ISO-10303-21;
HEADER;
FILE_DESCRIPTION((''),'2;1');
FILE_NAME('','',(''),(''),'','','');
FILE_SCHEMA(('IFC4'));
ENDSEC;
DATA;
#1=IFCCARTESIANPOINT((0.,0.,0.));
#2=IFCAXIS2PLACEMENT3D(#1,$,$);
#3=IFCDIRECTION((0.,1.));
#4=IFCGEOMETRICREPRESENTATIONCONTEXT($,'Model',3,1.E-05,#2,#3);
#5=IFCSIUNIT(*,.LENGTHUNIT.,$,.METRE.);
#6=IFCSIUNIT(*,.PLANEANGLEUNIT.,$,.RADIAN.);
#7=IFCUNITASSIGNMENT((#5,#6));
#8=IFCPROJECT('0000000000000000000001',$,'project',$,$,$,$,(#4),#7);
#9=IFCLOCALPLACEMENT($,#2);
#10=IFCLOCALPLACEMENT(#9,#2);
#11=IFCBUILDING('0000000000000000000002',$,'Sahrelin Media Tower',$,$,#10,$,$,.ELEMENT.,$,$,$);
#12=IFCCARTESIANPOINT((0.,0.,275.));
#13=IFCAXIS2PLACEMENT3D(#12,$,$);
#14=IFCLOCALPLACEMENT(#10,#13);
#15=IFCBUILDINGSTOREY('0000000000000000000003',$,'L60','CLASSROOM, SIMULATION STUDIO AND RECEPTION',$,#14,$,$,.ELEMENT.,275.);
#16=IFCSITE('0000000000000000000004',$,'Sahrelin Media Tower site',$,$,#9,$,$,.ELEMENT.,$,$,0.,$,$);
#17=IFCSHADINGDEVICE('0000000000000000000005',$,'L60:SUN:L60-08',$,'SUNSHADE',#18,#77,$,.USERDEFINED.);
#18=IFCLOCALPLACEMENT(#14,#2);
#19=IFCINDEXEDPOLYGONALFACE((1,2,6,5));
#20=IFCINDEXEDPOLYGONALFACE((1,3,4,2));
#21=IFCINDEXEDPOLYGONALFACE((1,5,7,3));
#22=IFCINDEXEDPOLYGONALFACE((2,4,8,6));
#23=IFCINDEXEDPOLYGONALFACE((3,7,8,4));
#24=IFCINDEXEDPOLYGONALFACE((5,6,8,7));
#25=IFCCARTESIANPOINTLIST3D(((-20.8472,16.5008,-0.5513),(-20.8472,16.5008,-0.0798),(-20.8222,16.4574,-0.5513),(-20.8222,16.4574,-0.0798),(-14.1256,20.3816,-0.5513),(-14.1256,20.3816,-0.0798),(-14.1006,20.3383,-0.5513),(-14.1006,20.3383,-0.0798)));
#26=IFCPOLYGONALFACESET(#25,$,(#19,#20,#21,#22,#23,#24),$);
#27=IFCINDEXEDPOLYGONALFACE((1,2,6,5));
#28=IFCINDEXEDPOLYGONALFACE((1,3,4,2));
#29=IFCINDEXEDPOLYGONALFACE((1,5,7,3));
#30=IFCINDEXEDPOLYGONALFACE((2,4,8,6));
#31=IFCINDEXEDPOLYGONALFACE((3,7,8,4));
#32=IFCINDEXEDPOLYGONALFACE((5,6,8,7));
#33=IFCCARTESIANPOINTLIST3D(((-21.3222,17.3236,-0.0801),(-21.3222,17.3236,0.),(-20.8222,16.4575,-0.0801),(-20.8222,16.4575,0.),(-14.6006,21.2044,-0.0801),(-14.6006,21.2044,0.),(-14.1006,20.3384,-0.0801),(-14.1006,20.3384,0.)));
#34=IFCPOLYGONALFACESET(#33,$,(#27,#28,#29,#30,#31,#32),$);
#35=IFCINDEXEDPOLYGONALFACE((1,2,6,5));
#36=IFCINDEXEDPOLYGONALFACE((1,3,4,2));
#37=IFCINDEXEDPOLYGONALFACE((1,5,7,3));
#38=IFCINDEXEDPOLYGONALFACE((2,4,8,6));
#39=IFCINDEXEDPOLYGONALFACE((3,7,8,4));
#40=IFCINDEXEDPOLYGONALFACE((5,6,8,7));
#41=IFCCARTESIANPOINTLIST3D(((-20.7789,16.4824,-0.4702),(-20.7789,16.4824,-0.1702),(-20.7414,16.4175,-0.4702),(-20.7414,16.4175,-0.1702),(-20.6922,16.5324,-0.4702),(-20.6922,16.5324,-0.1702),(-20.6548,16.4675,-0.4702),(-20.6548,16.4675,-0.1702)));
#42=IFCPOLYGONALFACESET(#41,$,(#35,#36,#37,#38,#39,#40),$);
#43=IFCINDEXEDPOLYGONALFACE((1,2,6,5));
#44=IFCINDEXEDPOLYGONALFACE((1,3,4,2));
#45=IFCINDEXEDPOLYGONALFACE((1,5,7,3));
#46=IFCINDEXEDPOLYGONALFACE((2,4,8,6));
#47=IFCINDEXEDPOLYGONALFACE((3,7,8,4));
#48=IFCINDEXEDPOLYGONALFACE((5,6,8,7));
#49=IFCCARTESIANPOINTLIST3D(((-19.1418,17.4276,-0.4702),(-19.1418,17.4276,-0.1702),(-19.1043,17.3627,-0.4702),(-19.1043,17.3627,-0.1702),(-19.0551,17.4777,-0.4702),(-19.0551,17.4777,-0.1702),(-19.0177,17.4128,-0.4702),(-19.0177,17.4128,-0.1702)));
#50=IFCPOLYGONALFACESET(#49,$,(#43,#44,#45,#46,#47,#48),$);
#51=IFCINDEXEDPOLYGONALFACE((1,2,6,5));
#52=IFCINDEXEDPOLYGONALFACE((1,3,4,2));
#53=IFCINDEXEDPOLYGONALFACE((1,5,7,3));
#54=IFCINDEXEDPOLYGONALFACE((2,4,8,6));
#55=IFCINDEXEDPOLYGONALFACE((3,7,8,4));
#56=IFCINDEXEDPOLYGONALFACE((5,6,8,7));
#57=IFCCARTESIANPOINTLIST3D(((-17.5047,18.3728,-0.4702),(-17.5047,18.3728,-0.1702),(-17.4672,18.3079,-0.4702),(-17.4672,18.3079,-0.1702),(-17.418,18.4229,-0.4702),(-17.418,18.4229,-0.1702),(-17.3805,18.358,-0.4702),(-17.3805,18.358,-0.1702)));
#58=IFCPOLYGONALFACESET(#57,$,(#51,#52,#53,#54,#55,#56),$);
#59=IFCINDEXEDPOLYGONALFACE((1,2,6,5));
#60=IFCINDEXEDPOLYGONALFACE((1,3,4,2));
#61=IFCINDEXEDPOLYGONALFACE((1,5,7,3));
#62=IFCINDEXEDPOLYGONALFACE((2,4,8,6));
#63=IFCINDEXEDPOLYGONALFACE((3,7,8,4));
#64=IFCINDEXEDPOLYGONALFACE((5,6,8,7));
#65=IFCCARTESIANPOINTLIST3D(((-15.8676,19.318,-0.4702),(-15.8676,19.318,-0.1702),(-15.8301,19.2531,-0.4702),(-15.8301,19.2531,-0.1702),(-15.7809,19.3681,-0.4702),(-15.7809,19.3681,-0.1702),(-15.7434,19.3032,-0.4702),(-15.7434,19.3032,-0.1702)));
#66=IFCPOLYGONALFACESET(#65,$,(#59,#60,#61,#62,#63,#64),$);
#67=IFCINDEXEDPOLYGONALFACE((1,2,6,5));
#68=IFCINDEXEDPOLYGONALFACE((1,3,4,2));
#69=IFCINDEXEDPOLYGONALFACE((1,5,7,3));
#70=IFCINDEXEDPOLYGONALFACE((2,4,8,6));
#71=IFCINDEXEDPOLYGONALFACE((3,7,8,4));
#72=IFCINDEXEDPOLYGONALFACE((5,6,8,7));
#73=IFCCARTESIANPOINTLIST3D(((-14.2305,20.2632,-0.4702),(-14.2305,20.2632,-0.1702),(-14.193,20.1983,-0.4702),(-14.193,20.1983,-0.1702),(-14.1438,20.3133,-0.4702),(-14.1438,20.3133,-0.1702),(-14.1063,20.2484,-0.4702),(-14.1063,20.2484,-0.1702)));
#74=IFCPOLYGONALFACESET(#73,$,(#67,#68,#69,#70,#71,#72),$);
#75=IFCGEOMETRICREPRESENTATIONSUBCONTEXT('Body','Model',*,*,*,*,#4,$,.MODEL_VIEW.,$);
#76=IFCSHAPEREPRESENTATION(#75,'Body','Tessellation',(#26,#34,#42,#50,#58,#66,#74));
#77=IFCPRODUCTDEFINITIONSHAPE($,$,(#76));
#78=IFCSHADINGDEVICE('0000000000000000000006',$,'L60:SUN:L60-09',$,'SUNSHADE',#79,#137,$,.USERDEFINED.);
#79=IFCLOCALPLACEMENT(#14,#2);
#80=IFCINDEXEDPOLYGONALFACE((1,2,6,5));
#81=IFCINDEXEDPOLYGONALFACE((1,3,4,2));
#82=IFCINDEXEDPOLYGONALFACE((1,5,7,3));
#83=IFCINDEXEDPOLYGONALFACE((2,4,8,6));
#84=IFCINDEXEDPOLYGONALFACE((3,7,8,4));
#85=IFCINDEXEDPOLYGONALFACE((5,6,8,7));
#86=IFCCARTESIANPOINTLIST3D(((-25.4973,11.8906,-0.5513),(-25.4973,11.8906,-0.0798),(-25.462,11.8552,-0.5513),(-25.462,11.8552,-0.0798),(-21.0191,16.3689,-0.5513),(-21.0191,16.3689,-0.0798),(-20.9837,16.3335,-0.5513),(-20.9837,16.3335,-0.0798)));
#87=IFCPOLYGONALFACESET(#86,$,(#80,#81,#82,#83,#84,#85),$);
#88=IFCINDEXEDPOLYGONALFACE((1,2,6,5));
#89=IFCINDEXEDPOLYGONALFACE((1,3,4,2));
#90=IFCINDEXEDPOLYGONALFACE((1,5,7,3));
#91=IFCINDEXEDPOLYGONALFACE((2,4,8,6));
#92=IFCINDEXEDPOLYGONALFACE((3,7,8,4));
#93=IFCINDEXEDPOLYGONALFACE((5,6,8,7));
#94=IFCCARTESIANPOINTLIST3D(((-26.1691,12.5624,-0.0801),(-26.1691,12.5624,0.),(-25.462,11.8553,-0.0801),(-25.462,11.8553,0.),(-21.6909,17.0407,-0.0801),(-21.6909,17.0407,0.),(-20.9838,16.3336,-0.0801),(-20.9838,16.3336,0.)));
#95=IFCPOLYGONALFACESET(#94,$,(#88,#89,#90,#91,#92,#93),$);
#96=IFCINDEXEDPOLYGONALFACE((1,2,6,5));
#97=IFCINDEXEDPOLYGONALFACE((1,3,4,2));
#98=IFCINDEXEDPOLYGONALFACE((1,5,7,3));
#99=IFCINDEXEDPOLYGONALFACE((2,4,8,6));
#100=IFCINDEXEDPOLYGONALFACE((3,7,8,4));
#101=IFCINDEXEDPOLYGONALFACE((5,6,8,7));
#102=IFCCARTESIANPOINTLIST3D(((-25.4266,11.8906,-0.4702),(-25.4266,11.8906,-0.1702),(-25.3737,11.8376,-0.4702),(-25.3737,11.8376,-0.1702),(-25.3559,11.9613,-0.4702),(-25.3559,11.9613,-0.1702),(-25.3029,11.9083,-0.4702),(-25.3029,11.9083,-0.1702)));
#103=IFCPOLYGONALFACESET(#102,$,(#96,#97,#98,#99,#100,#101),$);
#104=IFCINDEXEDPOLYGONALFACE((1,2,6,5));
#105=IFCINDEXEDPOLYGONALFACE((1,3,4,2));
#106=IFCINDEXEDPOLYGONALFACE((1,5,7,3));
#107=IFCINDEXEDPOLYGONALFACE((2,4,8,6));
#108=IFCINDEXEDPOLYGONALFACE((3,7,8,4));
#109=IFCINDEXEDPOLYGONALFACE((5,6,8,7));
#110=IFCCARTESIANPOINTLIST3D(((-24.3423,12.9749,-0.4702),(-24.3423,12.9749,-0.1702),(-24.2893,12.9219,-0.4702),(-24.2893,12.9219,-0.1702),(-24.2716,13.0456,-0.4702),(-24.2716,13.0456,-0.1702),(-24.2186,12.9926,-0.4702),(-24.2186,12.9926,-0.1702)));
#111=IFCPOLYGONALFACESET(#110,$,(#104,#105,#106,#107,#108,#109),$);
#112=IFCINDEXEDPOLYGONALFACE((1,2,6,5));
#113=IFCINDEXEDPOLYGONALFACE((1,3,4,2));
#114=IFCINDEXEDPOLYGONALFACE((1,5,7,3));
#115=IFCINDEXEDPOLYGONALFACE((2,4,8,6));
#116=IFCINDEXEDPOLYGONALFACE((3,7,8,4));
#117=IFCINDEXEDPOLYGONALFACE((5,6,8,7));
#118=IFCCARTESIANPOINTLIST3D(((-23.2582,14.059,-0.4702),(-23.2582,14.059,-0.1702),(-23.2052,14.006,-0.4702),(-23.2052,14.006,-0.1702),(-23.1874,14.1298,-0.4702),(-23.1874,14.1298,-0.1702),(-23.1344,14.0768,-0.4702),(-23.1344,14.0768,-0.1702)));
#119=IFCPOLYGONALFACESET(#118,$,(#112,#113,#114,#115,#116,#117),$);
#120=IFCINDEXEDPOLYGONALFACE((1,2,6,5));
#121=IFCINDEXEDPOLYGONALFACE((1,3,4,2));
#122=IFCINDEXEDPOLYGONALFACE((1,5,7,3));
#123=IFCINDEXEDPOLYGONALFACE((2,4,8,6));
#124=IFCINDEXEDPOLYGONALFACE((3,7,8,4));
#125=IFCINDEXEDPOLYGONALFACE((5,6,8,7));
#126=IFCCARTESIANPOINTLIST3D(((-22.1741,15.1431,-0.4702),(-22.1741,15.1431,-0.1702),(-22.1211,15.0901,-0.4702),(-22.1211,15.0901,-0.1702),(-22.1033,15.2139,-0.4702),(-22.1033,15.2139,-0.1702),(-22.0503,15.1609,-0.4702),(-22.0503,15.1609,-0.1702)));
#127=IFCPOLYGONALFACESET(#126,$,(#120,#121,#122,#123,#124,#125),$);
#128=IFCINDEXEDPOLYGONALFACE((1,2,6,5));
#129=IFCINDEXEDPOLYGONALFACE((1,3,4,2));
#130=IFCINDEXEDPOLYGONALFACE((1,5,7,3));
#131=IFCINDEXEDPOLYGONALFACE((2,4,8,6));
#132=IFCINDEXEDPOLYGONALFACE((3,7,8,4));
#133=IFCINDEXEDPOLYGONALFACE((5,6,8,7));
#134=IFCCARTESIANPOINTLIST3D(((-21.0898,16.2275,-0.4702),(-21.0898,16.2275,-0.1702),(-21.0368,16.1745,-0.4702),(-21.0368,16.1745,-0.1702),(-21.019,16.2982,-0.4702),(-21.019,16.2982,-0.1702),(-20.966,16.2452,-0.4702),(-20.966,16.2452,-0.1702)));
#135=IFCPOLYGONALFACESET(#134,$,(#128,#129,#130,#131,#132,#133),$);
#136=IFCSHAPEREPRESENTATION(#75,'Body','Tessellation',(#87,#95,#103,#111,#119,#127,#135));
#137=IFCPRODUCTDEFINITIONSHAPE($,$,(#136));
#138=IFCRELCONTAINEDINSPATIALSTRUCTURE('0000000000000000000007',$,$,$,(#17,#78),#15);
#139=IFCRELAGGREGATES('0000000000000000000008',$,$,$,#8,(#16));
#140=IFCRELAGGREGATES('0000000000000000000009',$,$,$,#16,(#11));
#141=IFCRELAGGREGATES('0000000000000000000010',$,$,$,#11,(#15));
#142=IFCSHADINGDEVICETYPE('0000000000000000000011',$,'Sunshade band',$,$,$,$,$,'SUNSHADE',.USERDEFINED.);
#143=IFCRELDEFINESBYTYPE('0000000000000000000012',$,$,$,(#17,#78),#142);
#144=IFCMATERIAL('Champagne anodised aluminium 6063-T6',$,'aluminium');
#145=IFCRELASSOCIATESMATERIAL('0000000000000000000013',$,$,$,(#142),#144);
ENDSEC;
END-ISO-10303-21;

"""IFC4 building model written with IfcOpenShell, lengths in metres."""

from ifc_helpers import new_model, si_unit, direction, frame, origin, origin_2d, place, context, subcontext, project, spatial, rectangle, extrude, material, type_object, element, save


model = new_model("IFC4")

# Units and contexts
model_context = context("Model", 3, precision=1e-05, world=origin(), true_north=direction((0.0, 1.0)))
body_context = subcontext(model_context, "Body", "Model", "MODEL_VIEW")
ifc_project = project(units=[si_unit("LENGTHUNIT", "METRE"), si_unit("PLANEANGLEUNIT", "RADIAN")], contexts=[model_context])

# Site, building, storey
site_placement = place(None, origin())
site = spatial("IfcSite", under=ifc_project, at=site_placement, Name="Sahrelin Media Tower site", CompositionType="ELEMENT", RefElevation=0.0)
building_placement = place(site_placement, origin())
building = spatial("IfcBuilding", under=site, at=building_placement, Name="Sahrelin Media Tower", CompositionType="ELEMENT")
storey_placement = place(building_placement, frame((0.0, 0.0, 275.0)))
storey = spatial("IfcBuildingStorey", under=building, at=storey_placement, Name="L60", Description="CLASSROOM, SIMULATION STUDIO AND RECEPTION", CompositionType="ELEMENT", Elevation=275.0)

# Shared definitions
ifc_material_1 = material(Name="Champagne anodised aluminium 6063-T6", Category="aluminium")

# Shading devices
placement_1 = place(storey_placement, frame((-17.4514, 18.3806, 0.0), z_axis=(0.0, 0.0, 1.0), x_axis=(0.866019, 0.500011, 0.0)))
placement_2 = place(storey_placement, frame((-23.2087, 14.0803, 0.0), z_axis=(0.0, 0.0, 1.0), x_axis=(0.707107, 0.707107, 0.0)))
shading_device_type_1 = type_object("IfcShadingDeviceType", Name="Sunshade band", ElementType="SUNSHADE", PredefinedType="USERDEFINED", material=ifc_material_1)
element("IfcShadingDevice", 1, at=placement_1, inside=storey, type_object=shading_device_type_1, Name="L60:SUN:L60-08", ObjectType="SUNSHADE", PredefinedType="USERDEFINED", context=body_context, shape_type="SweptSolid", body=[
    extrude(rectangle(XDim=7.7615, YDim=0.05, at=origin_2d()), frame((0.0, 0.0449, -0.5513)), (0.0, 0.0, 1.0), 0.4714),
    extrude(rectangle(XDim=7.7615, YDim=1.0, at=origin_2d()), frame((0.0, 0.52, -0.0801)), (0.0, 0.0, 1.0), 0.0801),
    extrude(rectangle(XDim=0.1001, YDim=0.075, at=origin_2d()), frame((-3.7808, -0.0176, -0.4702)), (0.0, 0.0, 1.0), 0.3),
    extrude(rectangle(XDim=0.1001, YDim=0.075, at=origin_2d()), frame((-1.8904, -0.0176, -0.4702)), (0.0, 0.0, 1.0), 0.3),
    extrude(rectangle(XDim=0.1001, YDim=0.075, at=origin_2d()), frame((0.0, -0.0176, -0.4702)), (0.0, 0.0, 1.0), 0.3),
    extrude(rectangle(XDim=0.1001, YDim=0.075, at=origin_2d()), frame((1.8904, -0.0176, -0.4702)), (0.0, 0.0, 1.0), 0.3),
    extrude(rectangle(XDim=0.1001, YDim=0.075, at=origin_2d()), frame((3.7808, -0.0176, -0.4702)), (0.0, 0.0, 1.0), 0.3),
])
element("IfcShadingDevice", 2, at=placement_2, inside=storey, type_object=shading_device_type_1, Name="L60:SUN:L60-09", ObjectType="SUNSHADE", PredefinedType="USERDEFINED", context=body_context, shape_type="SweptSolid", body=[
    extrude(rectangle(XDim=6.3333, YDim=0.05, at=origin_2d()), frame((0.0, 0.0449, -0.5513)), (0.0, 0.0, 1.0), 0.4714),
    extrude(rectangle(XDim=6.3333, YDim=1.0, at=origin_2d()), frame((0.0, 0.52, -0.0801)), (0.0, 0.0, 1.0), 0.0801),
    extrude(rectangle(XDim=0.1001, YDim=0.075, at=origin_2d()), frame((-3.0667, -0.0176, -0.4702)), (0.0, 0.0, 1.0), 0.3),
    extrude(rectangle(XDim=0.1001, YDim=0.075, at=origin_2d()), frame((-1.5332, -0.0176, -0.4702)), (0.0, 0.0, 1.0), 0.3),
    extrude(rectangle(XDim=0.1001, YDim=0.075, at=origin_2d()), frame((0.0, -0.0176, -0.4702)), (0.0, 0.0, 1.0), 0.3),
    extrude(rectangle(XDim=0.1001, YDim=0.075, at=origin_2d()), frame((1.5332, -0.0176, -0.4702)), (0.0, 0.0, 1.0), 0.3),
    extrude(rectangle(XDim=0.1001, YDim=0.075, at=origin_2d()), frame((3.0667, -0.0176, -0.4702)), (0.0, 0.0, 1.0), 0.3),
])

save(model, "model.ifc")
